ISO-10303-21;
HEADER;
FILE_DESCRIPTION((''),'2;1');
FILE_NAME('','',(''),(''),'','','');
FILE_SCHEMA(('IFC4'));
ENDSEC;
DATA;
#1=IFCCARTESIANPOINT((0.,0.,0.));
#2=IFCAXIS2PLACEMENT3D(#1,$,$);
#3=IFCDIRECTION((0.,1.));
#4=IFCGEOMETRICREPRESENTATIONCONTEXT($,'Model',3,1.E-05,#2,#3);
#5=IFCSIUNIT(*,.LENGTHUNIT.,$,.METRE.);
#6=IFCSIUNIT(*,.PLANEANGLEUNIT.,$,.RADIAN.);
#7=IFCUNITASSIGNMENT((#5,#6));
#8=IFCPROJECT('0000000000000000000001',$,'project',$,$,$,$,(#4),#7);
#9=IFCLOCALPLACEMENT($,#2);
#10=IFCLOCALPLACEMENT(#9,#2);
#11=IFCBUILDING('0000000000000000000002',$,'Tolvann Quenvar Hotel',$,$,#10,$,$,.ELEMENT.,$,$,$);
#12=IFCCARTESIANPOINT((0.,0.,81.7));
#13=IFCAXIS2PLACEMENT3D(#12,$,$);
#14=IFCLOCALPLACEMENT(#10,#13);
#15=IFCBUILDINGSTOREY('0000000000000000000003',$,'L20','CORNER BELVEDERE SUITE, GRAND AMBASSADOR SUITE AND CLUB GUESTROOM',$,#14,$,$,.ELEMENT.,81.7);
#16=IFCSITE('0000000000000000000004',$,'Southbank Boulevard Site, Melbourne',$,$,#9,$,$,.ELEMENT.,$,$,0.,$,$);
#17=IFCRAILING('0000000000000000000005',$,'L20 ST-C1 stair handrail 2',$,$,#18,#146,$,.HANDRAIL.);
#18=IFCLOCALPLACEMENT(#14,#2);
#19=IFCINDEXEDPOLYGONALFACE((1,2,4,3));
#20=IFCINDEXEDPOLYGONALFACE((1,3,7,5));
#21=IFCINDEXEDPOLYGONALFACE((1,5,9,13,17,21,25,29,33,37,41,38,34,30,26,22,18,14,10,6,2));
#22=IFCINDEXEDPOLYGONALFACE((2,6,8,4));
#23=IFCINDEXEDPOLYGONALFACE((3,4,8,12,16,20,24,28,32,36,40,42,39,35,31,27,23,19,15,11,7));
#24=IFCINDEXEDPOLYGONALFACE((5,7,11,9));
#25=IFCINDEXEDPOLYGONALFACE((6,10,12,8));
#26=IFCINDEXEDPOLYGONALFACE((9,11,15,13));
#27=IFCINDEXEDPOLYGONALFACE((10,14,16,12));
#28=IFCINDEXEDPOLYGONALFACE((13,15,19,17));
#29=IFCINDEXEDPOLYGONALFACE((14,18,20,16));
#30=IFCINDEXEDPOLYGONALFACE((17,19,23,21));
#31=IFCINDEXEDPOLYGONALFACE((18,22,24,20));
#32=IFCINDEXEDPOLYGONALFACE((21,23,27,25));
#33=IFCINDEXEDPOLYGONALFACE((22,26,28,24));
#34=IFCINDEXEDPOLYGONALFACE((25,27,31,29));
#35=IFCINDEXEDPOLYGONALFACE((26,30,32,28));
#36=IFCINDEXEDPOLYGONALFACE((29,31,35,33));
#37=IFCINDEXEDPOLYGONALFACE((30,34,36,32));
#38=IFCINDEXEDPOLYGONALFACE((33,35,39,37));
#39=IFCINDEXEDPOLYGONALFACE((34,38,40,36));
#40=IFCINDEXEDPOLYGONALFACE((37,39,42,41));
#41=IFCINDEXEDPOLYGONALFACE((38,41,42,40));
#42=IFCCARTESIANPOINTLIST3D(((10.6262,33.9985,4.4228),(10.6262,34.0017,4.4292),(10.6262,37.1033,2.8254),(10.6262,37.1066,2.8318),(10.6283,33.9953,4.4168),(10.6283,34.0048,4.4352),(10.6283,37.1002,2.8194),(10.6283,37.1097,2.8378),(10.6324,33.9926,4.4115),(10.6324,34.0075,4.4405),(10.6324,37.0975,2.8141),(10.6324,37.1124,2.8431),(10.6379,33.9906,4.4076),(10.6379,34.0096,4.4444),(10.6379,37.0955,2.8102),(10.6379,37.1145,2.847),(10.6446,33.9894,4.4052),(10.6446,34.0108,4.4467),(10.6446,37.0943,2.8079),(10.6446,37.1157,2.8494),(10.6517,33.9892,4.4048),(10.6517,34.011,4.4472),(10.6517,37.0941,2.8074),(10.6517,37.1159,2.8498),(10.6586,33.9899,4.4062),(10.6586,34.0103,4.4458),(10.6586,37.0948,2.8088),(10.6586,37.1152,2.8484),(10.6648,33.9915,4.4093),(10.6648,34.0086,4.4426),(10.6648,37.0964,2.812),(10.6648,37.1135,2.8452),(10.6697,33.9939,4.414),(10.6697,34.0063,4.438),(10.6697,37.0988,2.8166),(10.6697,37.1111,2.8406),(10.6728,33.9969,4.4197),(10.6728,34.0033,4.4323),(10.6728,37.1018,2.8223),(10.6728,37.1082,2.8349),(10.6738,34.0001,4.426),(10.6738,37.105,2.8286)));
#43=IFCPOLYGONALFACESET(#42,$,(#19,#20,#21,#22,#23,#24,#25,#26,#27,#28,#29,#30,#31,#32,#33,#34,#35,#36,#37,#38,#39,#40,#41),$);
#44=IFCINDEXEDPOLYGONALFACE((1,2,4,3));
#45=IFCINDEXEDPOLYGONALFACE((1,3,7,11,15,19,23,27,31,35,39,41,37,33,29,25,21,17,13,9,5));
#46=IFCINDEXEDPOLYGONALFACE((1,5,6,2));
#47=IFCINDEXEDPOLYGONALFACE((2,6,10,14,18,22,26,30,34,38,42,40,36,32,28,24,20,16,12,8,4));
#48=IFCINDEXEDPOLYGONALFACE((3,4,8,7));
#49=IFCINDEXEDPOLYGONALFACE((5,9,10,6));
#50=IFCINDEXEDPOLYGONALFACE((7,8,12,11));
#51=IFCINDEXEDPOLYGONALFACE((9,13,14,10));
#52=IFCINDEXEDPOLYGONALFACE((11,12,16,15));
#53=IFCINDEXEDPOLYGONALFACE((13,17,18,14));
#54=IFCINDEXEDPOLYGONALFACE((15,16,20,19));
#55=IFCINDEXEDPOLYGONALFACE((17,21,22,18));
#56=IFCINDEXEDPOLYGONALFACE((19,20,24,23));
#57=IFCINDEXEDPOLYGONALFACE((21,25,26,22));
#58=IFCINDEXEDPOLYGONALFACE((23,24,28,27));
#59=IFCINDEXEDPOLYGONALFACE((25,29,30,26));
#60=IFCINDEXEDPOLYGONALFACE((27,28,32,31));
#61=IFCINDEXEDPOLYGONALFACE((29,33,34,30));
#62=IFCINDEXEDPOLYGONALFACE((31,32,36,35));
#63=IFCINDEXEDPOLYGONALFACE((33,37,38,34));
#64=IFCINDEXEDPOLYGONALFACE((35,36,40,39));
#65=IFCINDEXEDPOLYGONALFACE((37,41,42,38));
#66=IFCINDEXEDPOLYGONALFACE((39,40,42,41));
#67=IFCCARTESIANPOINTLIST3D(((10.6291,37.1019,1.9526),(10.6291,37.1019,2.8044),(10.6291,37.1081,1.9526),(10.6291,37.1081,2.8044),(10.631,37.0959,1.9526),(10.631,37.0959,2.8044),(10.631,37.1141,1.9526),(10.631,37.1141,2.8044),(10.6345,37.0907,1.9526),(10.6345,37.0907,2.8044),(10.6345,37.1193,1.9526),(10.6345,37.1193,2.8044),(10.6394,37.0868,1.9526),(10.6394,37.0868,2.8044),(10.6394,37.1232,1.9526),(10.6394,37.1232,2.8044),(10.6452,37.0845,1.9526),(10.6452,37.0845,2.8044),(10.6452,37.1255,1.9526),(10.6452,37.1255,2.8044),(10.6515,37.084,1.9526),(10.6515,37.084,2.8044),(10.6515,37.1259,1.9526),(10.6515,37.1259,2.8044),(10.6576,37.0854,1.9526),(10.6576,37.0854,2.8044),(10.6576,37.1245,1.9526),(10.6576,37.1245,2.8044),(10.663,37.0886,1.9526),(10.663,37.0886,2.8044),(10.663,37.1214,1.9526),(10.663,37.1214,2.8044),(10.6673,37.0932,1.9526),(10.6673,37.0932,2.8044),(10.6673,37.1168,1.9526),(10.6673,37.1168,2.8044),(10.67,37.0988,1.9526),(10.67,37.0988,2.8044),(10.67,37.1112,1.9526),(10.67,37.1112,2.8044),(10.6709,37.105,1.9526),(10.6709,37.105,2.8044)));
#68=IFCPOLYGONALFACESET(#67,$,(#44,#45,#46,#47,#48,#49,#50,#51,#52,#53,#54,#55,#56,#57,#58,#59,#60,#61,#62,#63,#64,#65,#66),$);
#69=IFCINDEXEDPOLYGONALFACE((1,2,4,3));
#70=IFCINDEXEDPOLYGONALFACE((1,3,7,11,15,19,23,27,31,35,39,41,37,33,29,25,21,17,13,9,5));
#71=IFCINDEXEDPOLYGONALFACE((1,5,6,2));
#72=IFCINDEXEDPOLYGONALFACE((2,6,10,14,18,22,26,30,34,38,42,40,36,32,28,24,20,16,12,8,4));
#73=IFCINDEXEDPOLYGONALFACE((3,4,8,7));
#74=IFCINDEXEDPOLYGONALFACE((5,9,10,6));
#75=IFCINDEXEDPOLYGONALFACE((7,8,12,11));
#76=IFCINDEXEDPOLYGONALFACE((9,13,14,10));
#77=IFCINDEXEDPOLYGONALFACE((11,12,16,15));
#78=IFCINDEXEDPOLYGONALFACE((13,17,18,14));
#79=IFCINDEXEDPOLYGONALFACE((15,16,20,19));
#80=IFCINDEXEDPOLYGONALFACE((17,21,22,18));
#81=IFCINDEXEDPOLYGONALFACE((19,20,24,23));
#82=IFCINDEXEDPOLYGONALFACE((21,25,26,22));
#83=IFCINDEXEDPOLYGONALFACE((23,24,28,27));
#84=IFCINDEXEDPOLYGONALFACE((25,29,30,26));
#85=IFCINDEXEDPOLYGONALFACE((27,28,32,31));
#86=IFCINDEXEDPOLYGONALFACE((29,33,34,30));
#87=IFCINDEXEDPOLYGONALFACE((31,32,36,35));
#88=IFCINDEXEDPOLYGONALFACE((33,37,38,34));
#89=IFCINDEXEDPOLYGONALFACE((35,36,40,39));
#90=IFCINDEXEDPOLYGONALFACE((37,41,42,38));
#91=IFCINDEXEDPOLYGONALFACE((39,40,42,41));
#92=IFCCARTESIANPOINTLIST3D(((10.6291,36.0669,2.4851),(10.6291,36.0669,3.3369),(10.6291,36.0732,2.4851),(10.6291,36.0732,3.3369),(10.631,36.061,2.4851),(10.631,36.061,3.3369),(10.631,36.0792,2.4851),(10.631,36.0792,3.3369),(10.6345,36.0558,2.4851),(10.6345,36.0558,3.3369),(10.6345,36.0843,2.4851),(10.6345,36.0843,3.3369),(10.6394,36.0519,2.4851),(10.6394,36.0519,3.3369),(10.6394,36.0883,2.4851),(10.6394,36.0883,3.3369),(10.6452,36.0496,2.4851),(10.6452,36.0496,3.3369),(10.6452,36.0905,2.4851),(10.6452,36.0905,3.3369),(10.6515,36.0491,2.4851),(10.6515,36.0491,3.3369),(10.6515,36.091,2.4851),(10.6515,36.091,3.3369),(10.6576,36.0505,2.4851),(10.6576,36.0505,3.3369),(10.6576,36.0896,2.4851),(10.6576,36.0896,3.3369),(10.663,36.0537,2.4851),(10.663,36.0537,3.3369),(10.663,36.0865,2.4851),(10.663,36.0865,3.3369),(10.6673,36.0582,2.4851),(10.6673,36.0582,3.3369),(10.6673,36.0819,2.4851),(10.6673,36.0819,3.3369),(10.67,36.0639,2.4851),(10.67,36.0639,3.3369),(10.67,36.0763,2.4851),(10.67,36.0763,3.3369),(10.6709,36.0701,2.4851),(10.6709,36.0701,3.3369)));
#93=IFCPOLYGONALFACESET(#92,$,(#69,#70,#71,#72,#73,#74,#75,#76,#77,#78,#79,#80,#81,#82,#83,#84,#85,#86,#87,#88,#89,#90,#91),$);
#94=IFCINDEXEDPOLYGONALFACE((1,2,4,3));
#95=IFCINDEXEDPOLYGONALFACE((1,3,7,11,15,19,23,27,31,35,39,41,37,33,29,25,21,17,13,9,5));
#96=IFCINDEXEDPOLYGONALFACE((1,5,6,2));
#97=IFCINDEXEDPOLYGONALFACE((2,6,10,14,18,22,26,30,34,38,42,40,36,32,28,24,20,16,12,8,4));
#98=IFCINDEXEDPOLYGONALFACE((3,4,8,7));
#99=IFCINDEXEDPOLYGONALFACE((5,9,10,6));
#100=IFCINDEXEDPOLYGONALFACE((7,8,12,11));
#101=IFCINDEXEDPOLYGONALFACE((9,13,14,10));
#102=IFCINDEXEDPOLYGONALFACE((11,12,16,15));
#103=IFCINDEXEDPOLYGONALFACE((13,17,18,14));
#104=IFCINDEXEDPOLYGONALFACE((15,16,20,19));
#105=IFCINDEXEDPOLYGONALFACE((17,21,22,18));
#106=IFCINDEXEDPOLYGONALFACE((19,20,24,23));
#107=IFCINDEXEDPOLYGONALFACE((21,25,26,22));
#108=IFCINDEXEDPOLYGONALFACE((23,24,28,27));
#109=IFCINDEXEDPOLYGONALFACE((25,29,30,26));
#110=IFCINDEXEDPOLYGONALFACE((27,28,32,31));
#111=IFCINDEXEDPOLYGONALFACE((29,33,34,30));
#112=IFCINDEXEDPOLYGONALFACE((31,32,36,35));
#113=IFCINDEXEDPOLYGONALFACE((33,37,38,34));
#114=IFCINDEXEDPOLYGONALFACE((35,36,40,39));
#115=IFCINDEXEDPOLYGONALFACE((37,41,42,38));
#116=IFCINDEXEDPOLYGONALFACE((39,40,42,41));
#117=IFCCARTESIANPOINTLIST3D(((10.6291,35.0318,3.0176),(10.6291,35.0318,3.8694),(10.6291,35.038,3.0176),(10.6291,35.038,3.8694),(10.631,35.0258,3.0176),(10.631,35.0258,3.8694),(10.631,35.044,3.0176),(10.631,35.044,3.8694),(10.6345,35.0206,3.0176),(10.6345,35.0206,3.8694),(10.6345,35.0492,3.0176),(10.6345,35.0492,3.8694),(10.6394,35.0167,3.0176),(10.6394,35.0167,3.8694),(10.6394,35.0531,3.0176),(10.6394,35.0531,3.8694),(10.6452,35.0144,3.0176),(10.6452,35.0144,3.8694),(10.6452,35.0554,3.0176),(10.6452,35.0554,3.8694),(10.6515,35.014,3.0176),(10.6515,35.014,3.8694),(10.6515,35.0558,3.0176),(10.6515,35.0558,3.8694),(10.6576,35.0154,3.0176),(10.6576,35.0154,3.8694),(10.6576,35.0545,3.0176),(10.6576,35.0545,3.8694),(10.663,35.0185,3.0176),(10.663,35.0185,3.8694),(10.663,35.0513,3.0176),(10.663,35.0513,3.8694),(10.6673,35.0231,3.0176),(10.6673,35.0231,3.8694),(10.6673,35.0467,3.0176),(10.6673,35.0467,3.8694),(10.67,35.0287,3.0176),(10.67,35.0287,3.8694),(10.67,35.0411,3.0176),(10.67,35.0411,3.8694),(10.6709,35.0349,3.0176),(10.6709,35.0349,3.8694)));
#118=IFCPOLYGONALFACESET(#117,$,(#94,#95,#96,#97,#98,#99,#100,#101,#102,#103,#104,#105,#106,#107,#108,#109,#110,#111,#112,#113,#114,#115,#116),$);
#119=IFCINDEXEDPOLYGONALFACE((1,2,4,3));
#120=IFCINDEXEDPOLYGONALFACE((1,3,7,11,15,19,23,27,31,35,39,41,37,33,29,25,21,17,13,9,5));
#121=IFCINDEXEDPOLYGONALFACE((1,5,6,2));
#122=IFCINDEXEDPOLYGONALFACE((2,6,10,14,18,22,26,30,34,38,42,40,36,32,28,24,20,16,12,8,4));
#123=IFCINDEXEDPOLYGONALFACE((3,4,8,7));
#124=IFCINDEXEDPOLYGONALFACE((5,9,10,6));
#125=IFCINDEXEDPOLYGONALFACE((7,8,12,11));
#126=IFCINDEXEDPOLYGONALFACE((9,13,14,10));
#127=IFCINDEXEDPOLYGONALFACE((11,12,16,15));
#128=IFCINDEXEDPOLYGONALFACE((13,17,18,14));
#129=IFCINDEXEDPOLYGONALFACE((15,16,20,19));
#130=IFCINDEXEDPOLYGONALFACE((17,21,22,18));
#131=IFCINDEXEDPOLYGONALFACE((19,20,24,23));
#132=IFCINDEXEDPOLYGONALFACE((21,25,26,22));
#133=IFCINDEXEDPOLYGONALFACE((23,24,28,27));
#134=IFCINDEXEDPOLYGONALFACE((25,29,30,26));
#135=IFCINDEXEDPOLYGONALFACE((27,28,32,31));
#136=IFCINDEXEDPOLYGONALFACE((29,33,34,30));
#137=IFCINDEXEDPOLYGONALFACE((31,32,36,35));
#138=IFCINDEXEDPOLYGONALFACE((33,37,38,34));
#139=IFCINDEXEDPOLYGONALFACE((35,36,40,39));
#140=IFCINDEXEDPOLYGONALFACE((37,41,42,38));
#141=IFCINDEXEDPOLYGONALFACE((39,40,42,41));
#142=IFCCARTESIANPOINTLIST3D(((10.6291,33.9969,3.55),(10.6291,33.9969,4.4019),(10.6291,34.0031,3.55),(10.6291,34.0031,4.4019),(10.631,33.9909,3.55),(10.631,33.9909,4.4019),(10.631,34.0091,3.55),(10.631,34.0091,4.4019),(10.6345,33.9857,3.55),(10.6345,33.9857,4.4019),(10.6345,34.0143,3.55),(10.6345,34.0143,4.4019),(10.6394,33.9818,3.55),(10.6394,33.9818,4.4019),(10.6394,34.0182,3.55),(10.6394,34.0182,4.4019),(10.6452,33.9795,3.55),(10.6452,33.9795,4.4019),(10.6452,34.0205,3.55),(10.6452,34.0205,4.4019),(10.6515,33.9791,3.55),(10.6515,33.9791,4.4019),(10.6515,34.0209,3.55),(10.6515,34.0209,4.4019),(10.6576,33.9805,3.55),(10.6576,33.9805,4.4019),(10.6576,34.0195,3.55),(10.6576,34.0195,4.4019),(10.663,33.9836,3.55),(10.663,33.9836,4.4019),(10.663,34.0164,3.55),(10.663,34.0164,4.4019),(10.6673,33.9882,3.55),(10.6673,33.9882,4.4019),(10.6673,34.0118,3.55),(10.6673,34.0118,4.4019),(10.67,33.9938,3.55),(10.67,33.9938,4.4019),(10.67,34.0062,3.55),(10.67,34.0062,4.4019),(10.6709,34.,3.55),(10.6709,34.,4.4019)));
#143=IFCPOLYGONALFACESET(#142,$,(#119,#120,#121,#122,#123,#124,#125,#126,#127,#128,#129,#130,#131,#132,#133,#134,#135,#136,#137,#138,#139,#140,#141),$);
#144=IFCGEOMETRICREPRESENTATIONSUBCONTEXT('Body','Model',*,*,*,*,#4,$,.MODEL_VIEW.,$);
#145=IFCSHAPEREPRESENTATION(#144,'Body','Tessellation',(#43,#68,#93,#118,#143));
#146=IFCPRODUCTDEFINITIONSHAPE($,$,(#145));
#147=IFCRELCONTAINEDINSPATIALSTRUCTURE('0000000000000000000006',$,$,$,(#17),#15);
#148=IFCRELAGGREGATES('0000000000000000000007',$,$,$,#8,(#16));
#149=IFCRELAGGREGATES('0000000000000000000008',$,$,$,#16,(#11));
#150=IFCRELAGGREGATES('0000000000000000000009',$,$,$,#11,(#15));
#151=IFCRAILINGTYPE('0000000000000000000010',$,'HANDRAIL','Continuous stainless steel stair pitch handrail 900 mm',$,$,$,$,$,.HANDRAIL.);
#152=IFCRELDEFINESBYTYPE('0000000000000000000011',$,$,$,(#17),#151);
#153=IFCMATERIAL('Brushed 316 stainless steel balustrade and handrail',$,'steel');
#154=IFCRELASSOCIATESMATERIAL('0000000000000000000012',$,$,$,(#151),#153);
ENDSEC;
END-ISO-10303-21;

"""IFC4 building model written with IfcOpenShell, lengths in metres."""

from ifc_helpers import new_model, si_unit, direction, frame, origin, origin_2d, place, context, subcontext, project, spatial, circle, extrude, material, type_object, element, save


model = new_model("IFC4")

# Units and contexts
model_context = context("Model", 3, precision=1e-05, world=origin(), true_north=direction((0.0, 1.0)))
body_context = subcontext(model_context, "Body", "Model", "MODEL_VIEW")
ifc_project = project(units=[si_unit("LENGTHUNIT", "METRE"), si_unit("PLANEANGLEUNIT", "RADIAN")], contexts=[model_context])

# Site, building, storey
site_placement = place(None, origin())
site = spatial("IfcSite", under=ifc_project, at=site_placement, Name="Southbank Boulevard Site, Melbourne", CompositionType="ELEMENT", RefElevation=0.0)
building_placement = place(site_placement, origin())
building = spatial("IfcBuilding", under=site, at=building_placement, Name="Tolvann Quenvar Hotel", CompositionType="ELEMENT")
storey_placement = place(building_placement, frame((0.0, 0.0, 81.7)))
storey = spatial("IfcBuildingStorey", under=building, at=storey_placement, Name="L20", Description="CORNER BELVEDERE SUITE, GRAND AMBASSADOR SUITE AND CLUB GUESTROOM", CompositionType="ELEMENT", Elevation=81.7)

# Railing
ifc_material_1 = material(Name="Brushed 316 stainless steel balustrade and handrail", Category="steel")
railing_type_1 = type_object("IfcRailingType", Name="HANDRAIL", Description="Continuous stainless steel stair pitch handrail 900 mm", PredefinedType="HANDRAIL", material=ifc_material_1)
railing_1_placement = place(storey_placement, frame((10.6499, 37.105, 1.9526)))
element("IfcRailing", 1, at=railing_1_placement, inside=storey, type_object=railing_type_1, Name="L20 ST-C1 stair handrail 2", PredefinedType="HANDRAIL", context=body_context, shape_type="SweptSolid", body=[
    extrude(circle(Radius=0.0239, at=origin_2d()), frame((0.0, 0.0, 0.876), z_axis=(0.0, -0.889222, 0.457476), x_axis=(1.0, 0.0, 0.0)), (0.0, 0.0, 1.0), 3.4917),
    extrude(circle(Radius=0.021, at=origin_2d()), origin(), (0.0, 0.0, 1.0), 0.8518),
    extrude(circle(Radius=0.021, at=origin_2d()), frame((0.0, -1.0349, 0.5325)), (0.0, 0.0, 1.0), 0.8518),
    extrude(circle(Radius=0.021, at=origin_2d()), frame((0.0, -2.0701, 1.0649)), (0.0, 0.0, 1.0), 0.8518),
    extrude(circle(Radius=0.021, at=origin_2d()), frame((0.0, -3.105, 1.5974)), (0.0, 0.0, 1.0), 0.8518),
])

save(model, "model.ifc")
